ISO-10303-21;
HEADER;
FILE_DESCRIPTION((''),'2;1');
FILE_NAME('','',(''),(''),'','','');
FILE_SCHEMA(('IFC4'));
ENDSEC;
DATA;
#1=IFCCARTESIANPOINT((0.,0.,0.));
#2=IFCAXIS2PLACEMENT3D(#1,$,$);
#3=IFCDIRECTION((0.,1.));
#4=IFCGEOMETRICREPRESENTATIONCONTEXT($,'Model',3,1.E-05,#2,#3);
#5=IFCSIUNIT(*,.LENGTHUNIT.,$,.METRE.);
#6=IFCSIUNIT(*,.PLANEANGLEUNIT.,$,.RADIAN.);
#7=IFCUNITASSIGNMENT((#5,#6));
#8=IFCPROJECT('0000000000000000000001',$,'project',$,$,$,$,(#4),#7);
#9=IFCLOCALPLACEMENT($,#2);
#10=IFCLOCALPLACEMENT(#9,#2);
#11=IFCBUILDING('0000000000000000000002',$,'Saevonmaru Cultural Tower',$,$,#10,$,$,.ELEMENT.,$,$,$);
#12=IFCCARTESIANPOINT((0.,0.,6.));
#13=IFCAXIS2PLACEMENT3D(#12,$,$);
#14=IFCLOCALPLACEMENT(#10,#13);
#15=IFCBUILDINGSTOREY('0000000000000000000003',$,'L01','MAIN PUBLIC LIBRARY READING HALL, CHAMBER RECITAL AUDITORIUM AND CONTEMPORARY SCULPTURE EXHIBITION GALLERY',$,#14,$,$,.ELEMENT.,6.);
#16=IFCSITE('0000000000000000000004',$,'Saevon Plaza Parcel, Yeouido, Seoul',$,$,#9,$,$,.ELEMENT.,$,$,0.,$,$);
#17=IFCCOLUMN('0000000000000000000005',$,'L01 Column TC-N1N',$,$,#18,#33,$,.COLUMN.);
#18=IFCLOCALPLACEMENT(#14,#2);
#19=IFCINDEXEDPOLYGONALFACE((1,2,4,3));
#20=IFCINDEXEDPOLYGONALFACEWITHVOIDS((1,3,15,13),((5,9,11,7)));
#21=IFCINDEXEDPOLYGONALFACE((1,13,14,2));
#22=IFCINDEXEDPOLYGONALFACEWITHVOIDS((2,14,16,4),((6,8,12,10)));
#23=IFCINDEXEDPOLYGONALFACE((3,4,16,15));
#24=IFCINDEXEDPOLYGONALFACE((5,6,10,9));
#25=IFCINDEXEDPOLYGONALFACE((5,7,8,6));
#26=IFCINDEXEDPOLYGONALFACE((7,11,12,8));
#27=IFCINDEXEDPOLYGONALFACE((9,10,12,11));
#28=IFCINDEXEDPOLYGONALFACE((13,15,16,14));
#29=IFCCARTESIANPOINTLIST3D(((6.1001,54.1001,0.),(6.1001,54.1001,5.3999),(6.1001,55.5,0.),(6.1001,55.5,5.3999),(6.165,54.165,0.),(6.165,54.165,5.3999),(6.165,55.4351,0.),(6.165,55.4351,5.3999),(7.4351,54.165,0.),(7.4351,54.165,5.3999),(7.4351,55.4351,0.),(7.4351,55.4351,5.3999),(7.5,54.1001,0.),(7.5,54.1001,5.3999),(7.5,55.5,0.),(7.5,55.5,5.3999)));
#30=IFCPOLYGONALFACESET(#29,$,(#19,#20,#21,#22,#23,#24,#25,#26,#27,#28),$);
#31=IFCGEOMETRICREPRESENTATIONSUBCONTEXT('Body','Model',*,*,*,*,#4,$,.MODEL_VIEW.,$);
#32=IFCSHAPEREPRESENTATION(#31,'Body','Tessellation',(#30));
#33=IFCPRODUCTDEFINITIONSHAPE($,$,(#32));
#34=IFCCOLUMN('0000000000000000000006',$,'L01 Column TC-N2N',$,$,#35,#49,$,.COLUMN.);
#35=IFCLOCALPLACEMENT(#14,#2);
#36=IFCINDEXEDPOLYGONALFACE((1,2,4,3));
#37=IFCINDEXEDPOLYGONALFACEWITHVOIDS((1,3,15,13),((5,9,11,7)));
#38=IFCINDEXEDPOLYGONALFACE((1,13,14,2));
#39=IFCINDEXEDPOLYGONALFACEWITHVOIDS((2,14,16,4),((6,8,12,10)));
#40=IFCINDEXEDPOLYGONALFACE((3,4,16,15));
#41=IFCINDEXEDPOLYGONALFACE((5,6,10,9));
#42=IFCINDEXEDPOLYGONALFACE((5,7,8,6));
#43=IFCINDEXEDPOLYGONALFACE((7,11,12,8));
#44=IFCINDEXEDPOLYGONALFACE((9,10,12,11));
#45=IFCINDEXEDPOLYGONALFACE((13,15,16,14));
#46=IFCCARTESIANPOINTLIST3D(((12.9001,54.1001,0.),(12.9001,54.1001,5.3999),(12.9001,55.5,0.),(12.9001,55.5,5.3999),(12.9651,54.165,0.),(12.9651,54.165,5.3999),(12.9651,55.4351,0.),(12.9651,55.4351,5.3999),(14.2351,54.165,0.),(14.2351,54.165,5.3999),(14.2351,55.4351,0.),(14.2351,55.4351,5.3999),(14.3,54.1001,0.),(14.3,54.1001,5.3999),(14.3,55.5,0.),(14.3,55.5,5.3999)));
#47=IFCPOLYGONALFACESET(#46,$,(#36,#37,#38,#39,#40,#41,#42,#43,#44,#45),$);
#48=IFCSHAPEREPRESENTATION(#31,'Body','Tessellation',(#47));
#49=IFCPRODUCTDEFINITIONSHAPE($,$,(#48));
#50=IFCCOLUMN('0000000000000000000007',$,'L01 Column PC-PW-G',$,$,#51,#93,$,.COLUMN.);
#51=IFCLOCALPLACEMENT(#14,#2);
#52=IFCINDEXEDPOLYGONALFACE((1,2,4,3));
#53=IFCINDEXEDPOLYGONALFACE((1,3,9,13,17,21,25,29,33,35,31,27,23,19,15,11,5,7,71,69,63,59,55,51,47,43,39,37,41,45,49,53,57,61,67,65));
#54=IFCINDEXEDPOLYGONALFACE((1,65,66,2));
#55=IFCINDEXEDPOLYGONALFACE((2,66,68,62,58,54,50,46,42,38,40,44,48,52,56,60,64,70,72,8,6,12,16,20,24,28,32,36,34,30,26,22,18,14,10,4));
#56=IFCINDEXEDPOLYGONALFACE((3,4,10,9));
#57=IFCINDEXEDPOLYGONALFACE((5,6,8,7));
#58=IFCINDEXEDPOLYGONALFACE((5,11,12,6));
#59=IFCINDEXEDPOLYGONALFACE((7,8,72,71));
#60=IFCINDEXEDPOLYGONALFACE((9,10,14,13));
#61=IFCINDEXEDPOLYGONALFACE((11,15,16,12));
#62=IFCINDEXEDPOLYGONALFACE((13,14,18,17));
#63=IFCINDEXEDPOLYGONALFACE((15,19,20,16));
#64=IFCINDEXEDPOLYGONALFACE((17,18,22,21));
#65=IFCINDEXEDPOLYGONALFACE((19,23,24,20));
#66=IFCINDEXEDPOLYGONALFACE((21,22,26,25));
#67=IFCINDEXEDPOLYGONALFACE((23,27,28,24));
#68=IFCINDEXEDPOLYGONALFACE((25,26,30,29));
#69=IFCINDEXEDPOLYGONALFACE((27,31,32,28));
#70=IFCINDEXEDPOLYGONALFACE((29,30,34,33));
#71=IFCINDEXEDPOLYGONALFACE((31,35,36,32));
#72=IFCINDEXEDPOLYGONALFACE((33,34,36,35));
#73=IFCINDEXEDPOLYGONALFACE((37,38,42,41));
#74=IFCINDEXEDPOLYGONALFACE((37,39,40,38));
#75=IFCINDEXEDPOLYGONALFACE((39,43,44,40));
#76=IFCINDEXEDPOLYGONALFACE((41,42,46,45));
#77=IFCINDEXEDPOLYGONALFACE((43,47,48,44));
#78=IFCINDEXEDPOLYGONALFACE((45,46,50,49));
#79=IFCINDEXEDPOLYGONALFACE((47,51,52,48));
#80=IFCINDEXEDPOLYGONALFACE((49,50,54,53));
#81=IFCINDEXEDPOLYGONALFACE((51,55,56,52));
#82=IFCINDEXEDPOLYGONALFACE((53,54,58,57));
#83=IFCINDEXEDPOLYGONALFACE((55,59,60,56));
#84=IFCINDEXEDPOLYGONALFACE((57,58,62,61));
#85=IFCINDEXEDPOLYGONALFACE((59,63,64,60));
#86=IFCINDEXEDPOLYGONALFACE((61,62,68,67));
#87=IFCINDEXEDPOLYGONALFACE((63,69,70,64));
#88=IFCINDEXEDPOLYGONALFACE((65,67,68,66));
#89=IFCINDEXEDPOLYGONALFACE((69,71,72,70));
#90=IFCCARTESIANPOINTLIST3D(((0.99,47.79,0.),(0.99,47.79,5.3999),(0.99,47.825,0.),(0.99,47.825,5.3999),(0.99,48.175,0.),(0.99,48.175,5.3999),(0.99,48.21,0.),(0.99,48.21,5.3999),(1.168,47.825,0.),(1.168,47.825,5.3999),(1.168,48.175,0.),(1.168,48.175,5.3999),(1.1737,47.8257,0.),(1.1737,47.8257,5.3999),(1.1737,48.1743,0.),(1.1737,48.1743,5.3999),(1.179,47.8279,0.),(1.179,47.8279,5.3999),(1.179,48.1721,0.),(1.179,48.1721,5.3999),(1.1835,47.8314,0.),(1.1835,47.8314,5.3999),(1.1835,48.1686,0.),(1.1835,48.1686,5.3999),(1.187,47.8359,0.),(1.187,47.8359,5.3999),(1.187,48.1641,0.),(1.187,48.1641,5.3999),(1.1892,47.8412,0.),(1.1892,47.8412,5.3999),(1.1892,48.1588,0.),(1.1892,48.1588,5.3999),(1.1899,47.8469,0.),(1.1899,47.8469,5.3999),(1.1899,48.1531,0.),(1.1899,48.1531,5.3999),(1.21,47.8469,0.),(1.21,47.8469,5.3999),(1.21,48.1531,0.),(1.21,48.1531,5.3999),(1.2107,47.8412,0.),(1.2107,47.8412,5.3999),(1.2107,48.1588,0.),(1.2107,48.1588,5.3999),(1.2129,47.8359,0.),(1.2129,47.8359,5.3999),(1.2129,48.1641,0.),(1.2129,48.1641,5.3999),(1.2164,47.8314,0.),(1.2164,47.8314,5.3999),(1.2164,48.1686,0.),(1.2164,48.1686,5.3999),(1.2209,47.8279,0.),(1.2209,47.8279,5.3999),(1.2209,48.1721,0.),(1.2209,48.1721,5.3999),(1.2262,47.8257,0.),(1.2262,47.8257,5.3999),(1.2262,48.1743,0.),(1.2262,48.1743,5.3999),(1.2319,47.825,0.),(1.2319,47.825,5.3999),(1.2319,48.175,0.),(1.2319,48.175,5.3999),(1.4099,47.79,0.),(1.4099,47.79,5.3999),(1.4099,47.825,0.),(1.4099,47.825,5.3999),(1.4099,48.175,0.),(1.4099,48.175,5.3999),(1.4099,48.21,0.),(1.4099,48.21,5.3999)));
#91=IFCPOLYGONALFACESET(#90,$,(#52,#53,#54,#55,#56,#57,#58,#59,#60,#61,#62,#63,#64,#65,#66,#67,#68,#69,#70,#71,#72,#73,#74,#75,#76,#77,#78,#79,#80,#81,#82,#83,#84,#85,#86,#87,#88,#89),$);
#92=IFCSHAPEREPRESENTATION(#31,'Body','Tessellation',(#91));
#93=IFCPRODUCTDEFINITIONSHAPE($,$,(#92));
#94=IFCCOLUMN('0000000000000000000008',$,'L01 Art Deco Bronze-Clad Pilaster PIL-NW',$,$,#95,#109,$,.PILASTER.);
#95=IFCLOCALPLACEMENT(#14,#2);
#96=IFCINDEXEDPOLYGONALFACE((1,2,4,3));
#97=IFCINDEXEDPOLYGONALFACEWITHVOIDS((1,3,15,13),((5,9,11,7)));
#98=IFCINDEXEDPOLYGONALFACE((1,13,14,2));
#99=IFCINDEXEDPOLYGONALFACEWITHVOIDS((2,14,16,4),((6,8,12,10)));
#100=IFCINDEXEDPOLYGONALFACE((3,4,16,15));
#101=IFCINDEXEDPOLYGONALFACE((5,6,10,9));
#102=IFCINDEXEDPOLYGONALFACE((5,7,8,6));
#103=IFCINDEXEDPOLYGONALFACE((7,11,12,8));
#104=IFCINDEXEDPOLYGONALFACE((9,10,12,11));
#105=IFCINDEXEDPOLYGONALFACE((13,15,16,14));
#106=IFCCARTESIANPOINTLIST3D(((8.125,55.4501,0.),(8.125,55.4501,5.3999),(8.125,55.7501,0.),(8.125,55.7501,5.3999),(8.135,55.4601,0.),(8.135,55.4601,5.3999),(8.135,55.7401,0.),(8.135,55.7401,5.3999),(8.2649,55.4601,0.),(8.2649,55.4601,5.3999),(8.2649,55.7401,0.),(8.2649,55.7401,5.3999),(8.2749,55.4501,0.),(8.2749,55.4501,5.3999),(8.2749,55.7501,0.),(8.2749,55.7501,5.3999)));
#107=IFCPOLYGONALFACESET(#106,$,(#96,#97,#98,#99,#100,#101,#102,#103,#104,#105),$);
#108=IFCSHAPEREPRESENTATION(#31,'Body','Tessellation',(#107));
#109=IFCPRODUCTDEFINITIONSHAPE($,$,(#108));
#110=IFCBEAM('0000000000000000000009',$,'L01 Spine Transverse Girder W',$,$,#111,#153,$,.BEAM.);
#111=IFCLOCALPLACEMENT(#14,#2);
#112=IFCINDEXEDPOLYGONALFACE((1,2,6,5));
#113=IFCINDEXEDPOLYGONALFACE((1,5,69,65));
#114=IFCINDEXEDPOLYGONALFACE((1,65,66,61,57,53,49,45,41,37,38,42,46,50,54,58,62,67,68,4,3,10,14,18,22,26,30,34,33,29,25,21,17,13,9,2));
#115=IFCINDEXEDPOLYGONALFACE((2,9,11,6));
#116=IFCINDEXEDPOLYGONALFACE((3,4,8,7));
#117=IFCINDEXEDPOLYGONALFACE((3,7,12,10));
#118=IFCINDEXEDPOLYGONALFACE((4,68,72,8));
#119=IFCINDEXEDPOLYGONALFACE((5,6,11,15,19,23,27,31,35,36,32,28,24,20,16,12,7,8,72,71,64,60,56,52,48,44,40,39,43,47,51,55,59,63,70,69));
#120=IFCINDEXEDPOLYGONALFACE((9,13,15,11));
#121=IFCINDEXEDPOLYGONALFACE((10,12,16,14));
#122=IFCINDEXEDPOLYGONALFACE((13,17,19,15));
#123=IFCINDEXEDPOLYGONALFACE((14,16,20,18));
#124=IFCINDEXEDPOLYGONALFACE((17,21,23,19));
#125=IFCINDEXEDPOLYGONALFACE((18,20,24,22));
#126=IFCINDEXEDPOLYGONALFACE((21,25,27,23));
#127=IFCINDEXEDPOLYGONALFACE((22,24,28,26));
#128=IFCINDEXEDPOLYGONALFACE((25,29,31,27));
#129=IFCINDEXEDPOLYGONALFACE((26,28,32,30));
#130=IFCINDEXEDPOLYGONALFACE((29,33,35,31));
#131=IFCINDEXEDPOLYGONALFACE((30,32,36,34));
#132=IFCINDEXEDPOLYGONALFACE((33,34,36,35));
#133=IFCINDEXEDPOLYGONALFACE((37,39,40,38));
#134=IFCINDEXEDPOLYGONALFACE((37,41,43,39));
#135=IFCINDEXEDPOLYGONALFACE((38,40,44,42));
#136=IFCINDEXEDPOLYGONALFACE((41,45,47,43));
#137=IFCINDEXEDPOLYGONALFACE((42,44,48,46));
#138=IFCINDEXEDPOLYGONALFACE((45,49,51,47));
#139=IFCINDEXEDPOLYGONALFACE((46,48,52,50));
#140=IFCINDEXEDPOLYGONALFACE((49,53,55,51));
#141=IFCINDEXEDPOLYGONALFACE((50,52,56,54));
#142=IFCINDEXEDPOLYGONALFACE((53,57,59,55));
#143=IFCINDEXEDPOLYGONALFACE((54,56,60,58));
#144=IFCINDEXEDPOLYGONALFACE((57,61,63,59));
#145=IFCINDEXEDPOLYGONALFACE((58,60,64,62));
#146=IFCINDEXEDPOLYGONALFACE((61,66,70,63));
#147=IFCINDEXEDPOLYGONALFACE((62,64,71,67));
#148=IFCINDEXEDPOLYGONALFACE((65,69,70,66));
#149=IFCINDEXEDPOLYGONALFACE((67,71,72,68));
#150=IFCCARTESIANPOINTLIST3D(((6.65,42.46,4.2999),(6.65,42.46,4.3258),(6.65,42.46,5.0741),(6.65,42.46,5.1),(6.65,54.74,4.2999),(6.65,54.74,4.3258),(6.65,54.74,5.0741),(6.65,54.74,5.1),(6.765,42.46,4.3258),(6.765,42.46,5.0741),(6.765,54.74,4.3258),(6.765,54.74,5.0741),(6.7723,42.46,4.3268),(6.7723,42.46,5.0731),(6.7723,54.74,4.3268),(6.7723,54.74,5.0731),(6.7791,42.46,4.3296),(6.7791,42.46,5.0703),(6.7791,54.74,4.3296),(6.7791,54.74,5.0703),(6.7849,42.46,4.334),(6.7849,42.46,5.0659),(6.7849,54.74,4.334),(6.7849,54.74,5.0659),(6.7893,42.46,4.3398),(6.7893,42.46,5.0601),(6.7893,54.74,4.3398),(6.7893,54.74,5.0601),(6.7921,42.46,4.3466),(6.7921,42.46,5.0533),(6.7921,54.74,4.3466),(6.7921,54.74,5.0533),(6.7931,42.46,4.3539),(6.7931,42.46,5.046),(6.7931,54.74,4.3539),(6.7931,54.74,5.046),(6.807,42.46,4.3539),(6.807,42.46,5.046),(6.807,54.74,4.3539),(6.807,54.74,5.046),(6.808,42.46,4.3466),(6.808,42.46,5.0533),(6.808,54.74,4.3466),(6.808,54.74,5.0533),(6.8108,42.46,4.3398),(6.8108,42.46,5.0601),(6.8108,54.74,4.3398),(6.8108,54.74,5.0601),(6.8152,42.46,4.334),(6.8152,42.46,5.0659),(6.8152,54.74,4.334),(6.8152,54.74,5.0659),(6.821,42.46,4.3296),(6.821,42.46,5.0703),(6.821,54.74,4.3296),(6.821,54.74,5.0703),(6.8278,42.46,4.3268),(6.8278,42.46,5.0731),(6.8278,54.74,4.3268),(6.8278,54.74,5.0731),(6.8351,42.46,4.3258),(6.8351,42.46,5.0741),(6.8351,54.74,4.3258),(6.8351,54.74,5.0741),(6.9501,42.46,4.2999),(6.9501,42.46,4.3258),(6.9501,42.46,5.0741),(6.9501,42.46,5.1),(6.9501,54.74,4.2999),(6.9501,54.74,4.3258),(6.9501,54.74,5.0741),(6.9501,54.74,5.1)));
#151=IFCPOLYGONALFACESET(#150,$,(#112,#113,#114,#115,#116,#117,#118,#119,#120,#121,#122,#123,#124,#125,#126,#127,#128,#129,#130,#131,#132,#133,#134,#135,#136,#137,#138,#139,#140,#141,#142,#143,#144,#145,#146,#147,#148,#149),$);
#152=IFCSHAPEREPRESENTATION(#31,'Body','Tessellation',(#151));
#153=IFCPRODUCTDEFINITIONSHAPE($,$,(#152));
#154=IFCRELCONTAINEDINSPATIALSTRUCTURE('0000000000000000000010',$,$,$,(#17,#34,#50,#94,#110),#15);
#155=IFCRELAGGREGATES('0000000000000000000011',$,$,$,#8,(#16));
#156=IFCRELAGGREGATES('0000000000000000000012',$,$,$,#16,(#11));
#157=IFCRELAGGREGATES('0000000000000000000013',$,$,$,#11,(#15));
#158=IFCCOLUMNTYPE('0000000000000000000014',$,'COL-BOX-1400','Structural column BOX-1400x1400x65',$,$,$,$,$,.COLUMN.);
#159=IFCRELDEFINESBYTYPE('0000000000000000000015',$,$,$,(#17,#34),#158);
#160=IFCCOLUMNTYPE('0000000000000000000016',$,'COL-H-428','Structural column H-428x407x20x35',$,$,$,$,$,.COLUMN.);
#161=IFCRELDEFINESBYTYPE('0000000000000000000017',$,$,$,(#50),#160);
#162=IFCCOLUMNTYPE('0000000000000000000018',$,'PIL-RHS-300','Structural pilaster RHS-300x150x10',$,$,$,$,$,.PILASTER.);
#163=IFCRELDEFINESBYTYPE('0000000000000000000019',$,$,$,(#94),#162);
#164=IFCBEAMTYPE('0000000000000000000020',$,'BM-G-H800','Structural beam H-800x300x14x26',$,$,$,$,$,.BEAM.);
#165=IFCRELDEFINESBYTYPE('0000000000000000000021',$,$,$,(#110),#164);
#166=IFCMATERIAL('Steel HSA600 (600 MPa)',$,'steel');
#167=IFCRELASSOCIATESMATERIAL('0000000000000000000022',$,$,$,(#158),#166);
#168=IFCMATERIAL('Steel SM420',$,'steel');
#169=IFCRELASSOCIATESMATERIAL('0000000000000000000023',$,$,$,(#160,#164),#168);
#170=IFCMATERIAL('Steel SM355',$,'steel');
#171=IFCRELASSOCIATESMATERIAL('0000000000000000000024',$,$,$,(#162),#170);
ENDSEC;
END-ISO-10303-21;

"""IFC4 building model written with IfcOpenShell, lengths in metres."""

from ifc_helpers import new_model, si_unit, direction, frame, origin, origin_2d, place, context, subcontext, project, spatial, hollow_rectangle, i_section, extrude, material, material_profile, profile_set, type_object, element, save


model = new_model("IFC4")

# Units and contexts
model_context = context("Model", 3, precision=1e-05, world=origin(), true_north=direction((0.0, 1.0)))
body_context = subcontext(model_context, "Body", "Model", "MODEL_VIEW")
ifc_project = project(units=[si_unit("LENGTHUNIT", "METRE"), si_unit("PLANEANGLEUNIT", "RADIAN")], contexts=[model_context])

# Site, building, storey
site_placement = place(None, origin())
site = spatial("IfcSite", under=ifc_project, at=site_placement, Name="Saevon Plaza Parcel, Yeouido, Seoul", CompositionType="ELEMENT", RefElevation=0.0)
building_placement = place(site_placement, origin())
building = spatial("IfcBuilding", under=site, at=building_placement, Name="Saevonmaru Cultural Tower", CompositionType="ELEMENT")
storey_placement = place(building_placement, frame((0.0, 0.0, 6.0)))
storey = spatial("IfcBuildingStorey", under=building, at=storey_placement, Name="L01", Description="MAIN PUBLIC LIBRARY READING HALL, CHAMBER RECITAL AUDITORIUM AND CONTEMPORARY SCULPTURE EXHIBITION GALLERY", CompositionType="ELEMENT", Elevation=6.0)

# Columns
ifc_material_1 = material(Name="Steel HSA600 (600 MPa)", Category="steel")
ifc_material_profile_1 = material_profile(ifc_material_1, hollow_rectangle(XDim=1.3999, YDim=1.3999, WallThickness=0.0649, at=origin_2d()), Name="BOX-1400x1400x65")
ifc_profile_set_1 = profile_set([ifc_material_profile_1], Name="Steel HSA600 (600 MPa)")
column_type_1 = type_object("IfcColumnType", Name="COL-BOX-1400", Description="Structural column BOX-1400x1400x65", PredefinedType="COLUMN", material=ifc_profile_set_1)
for number, where, z_axis, x_axis, name in (
    (1, (6.8, 54.8, 0.0), (0.0, 0.0, 1.0), (1.0, 0.0, 0.0), "L01 Column TC-N1N"),
    (2, (13.6001, 54.8, 0.0), (0.0, 0.0, 1.0), (1.0, 0.0, 0.0), "L01 Column TC-N2N"),
):
    element("IfcColumn", number, at=place(storey_placement, frame(where, z_axis=z_axis, x_axis=x_axis)), inside=storey, type_object=column_type_1, Name=name, PredefinedType="COLUMN", context=body_context, shape_type="SweptSolid", body=[
        extrude(hollow_rectangle(XDim=1.3999, YDim=1.3999, WallThickness=0.0649, at=origin_2d()), origin(), (0.0, 0.0, 1.0), 5.3999),
    ])
ifc_material_2 = material(Name="Steel SM420", Category="steel")
ifc_material_profile_2 = material_profile(ifc_material_2, i_section(OverallWidth=0.4199, OverallDepth=0.4199, WebThickness=0.02, FlangeThickness=0.0349, FilletRadius=0.022, at=origin_2d()), Name="H-428x407x20x35")
ifc_profile_set_2 = profile_set([ifc_material_profile_2], Name="Steel SM420")
column_type_2 = type_object("IfcColumnType", Name="COL-H-428", Description="Structural column H-428x407x20x35", PredefinedType="COLUMN", material=ifc_profile_set_2)
column_1_placement = place(storey_placement, frame((1.2, 48.0, 0.0), z_axis=(0.0, 0.0, 1.0), x_axis=(1.0, 0.0, 0.0)))
element("IfcColumn", 3, at=column_1_placement, inside=storey, type_object=column_type_2, Name="L01 Column PC-PW-G", PredefinedType="COLUMN", context=body_context, shape_type="SweptSolid", body=[
    extrude(i_section(OverallWidth=0.4199, OverallDepth=0.4199, WebThickness=0.02, FlangeThickness=0.0349, FilletRadius=0.022, at=origin_2d()), origin(), (0.0, 0.0, 1.0), 5.3999),
])
ifc_material_3 = material(Name="Steel SM355", Category="steel")
ifc_material_profile_3 = material_profile(ifc_material_3, hollow_rectangle(XDim=0.1499, YDim=0.3, WallThickness=0.01, at=origin_2d()), Name="RHS-300x150x10")
ifc_profile_set_3 = profile_set([ifc_material_profile_3], Name="Steel SM355")
column_type_3 = type_object("IfcColumnType", Name="PIL-RHS-300", Description="Structural pilaster RHS-300x150x10", PredefinedType="PILASTER", material=ifc_profile_set_3)
column_2_placement = place(storey_placement, frame((8.2, 55.6001, 0.0), z_axis=(0.0, 0.0, 1.0), x_axis=(1.0, 0.0, 0.0)))
element("IfcColumn", 4, at=column_2_placement, inside=storey, type_object=column_type_3, Name="L01 Art Deco Bronze-Clad Pilaster PIL-NW", PredefinedType="PILASTER", context=body_context, shape_type="SweptSolid", body=[
    extrude(hollow_rectangle(XDim=0.1499, YDim=0.3, WallThickness=0.01, at=origin_2d()), origin(), (0.0, 0.0, 1.0), 5.3999),
])

# Beam
ifc_material_profile_4 = material_profile(ifc_material_2, i_section(OverallWidth=0.3, OverallDepth=0.8, WebThickness=0.0139, FlangeThickness=0.0259, FilletRadius=0.0281, at=origin_2d()), Name="H-800x300x14x26")
ifc_profile_set_4 = profile_set([ifc_material_profile_4], Name="Steel SM420")
beam_type_1 = type_object("IfcBeamType", Name="BM-G-H800", Description="Structural beam H-800x300x14x26", PredefinedType="BEAM", material=ifc_profile_set_4)
beam_1_placement = place(storey_placement, frame((6.8, 54.74, 4.7), z_axis=(0.0, -1.0, 0.0), x_axis=(1.0, 0.0, 0.0)))
element("IfcBeam", 5, at=beam_1_placement, inside=storey, type_object=beam_type_1, Name="L01 Spine Transverse Girder W", PredefinedType="BEAM", context=body_context, shape_type="SweptSolid", body=[
    extrude(i_section(OverallWidth=0.3, OverallDepth=0.8, WebThickness=0.0139, FlangeThickness=0.0259, FilletRadius=0.0281, at=origin_2d()), origin(), (0.0, 0.0, 1.0), 12.28),
])

save(model, "model.ifc")
